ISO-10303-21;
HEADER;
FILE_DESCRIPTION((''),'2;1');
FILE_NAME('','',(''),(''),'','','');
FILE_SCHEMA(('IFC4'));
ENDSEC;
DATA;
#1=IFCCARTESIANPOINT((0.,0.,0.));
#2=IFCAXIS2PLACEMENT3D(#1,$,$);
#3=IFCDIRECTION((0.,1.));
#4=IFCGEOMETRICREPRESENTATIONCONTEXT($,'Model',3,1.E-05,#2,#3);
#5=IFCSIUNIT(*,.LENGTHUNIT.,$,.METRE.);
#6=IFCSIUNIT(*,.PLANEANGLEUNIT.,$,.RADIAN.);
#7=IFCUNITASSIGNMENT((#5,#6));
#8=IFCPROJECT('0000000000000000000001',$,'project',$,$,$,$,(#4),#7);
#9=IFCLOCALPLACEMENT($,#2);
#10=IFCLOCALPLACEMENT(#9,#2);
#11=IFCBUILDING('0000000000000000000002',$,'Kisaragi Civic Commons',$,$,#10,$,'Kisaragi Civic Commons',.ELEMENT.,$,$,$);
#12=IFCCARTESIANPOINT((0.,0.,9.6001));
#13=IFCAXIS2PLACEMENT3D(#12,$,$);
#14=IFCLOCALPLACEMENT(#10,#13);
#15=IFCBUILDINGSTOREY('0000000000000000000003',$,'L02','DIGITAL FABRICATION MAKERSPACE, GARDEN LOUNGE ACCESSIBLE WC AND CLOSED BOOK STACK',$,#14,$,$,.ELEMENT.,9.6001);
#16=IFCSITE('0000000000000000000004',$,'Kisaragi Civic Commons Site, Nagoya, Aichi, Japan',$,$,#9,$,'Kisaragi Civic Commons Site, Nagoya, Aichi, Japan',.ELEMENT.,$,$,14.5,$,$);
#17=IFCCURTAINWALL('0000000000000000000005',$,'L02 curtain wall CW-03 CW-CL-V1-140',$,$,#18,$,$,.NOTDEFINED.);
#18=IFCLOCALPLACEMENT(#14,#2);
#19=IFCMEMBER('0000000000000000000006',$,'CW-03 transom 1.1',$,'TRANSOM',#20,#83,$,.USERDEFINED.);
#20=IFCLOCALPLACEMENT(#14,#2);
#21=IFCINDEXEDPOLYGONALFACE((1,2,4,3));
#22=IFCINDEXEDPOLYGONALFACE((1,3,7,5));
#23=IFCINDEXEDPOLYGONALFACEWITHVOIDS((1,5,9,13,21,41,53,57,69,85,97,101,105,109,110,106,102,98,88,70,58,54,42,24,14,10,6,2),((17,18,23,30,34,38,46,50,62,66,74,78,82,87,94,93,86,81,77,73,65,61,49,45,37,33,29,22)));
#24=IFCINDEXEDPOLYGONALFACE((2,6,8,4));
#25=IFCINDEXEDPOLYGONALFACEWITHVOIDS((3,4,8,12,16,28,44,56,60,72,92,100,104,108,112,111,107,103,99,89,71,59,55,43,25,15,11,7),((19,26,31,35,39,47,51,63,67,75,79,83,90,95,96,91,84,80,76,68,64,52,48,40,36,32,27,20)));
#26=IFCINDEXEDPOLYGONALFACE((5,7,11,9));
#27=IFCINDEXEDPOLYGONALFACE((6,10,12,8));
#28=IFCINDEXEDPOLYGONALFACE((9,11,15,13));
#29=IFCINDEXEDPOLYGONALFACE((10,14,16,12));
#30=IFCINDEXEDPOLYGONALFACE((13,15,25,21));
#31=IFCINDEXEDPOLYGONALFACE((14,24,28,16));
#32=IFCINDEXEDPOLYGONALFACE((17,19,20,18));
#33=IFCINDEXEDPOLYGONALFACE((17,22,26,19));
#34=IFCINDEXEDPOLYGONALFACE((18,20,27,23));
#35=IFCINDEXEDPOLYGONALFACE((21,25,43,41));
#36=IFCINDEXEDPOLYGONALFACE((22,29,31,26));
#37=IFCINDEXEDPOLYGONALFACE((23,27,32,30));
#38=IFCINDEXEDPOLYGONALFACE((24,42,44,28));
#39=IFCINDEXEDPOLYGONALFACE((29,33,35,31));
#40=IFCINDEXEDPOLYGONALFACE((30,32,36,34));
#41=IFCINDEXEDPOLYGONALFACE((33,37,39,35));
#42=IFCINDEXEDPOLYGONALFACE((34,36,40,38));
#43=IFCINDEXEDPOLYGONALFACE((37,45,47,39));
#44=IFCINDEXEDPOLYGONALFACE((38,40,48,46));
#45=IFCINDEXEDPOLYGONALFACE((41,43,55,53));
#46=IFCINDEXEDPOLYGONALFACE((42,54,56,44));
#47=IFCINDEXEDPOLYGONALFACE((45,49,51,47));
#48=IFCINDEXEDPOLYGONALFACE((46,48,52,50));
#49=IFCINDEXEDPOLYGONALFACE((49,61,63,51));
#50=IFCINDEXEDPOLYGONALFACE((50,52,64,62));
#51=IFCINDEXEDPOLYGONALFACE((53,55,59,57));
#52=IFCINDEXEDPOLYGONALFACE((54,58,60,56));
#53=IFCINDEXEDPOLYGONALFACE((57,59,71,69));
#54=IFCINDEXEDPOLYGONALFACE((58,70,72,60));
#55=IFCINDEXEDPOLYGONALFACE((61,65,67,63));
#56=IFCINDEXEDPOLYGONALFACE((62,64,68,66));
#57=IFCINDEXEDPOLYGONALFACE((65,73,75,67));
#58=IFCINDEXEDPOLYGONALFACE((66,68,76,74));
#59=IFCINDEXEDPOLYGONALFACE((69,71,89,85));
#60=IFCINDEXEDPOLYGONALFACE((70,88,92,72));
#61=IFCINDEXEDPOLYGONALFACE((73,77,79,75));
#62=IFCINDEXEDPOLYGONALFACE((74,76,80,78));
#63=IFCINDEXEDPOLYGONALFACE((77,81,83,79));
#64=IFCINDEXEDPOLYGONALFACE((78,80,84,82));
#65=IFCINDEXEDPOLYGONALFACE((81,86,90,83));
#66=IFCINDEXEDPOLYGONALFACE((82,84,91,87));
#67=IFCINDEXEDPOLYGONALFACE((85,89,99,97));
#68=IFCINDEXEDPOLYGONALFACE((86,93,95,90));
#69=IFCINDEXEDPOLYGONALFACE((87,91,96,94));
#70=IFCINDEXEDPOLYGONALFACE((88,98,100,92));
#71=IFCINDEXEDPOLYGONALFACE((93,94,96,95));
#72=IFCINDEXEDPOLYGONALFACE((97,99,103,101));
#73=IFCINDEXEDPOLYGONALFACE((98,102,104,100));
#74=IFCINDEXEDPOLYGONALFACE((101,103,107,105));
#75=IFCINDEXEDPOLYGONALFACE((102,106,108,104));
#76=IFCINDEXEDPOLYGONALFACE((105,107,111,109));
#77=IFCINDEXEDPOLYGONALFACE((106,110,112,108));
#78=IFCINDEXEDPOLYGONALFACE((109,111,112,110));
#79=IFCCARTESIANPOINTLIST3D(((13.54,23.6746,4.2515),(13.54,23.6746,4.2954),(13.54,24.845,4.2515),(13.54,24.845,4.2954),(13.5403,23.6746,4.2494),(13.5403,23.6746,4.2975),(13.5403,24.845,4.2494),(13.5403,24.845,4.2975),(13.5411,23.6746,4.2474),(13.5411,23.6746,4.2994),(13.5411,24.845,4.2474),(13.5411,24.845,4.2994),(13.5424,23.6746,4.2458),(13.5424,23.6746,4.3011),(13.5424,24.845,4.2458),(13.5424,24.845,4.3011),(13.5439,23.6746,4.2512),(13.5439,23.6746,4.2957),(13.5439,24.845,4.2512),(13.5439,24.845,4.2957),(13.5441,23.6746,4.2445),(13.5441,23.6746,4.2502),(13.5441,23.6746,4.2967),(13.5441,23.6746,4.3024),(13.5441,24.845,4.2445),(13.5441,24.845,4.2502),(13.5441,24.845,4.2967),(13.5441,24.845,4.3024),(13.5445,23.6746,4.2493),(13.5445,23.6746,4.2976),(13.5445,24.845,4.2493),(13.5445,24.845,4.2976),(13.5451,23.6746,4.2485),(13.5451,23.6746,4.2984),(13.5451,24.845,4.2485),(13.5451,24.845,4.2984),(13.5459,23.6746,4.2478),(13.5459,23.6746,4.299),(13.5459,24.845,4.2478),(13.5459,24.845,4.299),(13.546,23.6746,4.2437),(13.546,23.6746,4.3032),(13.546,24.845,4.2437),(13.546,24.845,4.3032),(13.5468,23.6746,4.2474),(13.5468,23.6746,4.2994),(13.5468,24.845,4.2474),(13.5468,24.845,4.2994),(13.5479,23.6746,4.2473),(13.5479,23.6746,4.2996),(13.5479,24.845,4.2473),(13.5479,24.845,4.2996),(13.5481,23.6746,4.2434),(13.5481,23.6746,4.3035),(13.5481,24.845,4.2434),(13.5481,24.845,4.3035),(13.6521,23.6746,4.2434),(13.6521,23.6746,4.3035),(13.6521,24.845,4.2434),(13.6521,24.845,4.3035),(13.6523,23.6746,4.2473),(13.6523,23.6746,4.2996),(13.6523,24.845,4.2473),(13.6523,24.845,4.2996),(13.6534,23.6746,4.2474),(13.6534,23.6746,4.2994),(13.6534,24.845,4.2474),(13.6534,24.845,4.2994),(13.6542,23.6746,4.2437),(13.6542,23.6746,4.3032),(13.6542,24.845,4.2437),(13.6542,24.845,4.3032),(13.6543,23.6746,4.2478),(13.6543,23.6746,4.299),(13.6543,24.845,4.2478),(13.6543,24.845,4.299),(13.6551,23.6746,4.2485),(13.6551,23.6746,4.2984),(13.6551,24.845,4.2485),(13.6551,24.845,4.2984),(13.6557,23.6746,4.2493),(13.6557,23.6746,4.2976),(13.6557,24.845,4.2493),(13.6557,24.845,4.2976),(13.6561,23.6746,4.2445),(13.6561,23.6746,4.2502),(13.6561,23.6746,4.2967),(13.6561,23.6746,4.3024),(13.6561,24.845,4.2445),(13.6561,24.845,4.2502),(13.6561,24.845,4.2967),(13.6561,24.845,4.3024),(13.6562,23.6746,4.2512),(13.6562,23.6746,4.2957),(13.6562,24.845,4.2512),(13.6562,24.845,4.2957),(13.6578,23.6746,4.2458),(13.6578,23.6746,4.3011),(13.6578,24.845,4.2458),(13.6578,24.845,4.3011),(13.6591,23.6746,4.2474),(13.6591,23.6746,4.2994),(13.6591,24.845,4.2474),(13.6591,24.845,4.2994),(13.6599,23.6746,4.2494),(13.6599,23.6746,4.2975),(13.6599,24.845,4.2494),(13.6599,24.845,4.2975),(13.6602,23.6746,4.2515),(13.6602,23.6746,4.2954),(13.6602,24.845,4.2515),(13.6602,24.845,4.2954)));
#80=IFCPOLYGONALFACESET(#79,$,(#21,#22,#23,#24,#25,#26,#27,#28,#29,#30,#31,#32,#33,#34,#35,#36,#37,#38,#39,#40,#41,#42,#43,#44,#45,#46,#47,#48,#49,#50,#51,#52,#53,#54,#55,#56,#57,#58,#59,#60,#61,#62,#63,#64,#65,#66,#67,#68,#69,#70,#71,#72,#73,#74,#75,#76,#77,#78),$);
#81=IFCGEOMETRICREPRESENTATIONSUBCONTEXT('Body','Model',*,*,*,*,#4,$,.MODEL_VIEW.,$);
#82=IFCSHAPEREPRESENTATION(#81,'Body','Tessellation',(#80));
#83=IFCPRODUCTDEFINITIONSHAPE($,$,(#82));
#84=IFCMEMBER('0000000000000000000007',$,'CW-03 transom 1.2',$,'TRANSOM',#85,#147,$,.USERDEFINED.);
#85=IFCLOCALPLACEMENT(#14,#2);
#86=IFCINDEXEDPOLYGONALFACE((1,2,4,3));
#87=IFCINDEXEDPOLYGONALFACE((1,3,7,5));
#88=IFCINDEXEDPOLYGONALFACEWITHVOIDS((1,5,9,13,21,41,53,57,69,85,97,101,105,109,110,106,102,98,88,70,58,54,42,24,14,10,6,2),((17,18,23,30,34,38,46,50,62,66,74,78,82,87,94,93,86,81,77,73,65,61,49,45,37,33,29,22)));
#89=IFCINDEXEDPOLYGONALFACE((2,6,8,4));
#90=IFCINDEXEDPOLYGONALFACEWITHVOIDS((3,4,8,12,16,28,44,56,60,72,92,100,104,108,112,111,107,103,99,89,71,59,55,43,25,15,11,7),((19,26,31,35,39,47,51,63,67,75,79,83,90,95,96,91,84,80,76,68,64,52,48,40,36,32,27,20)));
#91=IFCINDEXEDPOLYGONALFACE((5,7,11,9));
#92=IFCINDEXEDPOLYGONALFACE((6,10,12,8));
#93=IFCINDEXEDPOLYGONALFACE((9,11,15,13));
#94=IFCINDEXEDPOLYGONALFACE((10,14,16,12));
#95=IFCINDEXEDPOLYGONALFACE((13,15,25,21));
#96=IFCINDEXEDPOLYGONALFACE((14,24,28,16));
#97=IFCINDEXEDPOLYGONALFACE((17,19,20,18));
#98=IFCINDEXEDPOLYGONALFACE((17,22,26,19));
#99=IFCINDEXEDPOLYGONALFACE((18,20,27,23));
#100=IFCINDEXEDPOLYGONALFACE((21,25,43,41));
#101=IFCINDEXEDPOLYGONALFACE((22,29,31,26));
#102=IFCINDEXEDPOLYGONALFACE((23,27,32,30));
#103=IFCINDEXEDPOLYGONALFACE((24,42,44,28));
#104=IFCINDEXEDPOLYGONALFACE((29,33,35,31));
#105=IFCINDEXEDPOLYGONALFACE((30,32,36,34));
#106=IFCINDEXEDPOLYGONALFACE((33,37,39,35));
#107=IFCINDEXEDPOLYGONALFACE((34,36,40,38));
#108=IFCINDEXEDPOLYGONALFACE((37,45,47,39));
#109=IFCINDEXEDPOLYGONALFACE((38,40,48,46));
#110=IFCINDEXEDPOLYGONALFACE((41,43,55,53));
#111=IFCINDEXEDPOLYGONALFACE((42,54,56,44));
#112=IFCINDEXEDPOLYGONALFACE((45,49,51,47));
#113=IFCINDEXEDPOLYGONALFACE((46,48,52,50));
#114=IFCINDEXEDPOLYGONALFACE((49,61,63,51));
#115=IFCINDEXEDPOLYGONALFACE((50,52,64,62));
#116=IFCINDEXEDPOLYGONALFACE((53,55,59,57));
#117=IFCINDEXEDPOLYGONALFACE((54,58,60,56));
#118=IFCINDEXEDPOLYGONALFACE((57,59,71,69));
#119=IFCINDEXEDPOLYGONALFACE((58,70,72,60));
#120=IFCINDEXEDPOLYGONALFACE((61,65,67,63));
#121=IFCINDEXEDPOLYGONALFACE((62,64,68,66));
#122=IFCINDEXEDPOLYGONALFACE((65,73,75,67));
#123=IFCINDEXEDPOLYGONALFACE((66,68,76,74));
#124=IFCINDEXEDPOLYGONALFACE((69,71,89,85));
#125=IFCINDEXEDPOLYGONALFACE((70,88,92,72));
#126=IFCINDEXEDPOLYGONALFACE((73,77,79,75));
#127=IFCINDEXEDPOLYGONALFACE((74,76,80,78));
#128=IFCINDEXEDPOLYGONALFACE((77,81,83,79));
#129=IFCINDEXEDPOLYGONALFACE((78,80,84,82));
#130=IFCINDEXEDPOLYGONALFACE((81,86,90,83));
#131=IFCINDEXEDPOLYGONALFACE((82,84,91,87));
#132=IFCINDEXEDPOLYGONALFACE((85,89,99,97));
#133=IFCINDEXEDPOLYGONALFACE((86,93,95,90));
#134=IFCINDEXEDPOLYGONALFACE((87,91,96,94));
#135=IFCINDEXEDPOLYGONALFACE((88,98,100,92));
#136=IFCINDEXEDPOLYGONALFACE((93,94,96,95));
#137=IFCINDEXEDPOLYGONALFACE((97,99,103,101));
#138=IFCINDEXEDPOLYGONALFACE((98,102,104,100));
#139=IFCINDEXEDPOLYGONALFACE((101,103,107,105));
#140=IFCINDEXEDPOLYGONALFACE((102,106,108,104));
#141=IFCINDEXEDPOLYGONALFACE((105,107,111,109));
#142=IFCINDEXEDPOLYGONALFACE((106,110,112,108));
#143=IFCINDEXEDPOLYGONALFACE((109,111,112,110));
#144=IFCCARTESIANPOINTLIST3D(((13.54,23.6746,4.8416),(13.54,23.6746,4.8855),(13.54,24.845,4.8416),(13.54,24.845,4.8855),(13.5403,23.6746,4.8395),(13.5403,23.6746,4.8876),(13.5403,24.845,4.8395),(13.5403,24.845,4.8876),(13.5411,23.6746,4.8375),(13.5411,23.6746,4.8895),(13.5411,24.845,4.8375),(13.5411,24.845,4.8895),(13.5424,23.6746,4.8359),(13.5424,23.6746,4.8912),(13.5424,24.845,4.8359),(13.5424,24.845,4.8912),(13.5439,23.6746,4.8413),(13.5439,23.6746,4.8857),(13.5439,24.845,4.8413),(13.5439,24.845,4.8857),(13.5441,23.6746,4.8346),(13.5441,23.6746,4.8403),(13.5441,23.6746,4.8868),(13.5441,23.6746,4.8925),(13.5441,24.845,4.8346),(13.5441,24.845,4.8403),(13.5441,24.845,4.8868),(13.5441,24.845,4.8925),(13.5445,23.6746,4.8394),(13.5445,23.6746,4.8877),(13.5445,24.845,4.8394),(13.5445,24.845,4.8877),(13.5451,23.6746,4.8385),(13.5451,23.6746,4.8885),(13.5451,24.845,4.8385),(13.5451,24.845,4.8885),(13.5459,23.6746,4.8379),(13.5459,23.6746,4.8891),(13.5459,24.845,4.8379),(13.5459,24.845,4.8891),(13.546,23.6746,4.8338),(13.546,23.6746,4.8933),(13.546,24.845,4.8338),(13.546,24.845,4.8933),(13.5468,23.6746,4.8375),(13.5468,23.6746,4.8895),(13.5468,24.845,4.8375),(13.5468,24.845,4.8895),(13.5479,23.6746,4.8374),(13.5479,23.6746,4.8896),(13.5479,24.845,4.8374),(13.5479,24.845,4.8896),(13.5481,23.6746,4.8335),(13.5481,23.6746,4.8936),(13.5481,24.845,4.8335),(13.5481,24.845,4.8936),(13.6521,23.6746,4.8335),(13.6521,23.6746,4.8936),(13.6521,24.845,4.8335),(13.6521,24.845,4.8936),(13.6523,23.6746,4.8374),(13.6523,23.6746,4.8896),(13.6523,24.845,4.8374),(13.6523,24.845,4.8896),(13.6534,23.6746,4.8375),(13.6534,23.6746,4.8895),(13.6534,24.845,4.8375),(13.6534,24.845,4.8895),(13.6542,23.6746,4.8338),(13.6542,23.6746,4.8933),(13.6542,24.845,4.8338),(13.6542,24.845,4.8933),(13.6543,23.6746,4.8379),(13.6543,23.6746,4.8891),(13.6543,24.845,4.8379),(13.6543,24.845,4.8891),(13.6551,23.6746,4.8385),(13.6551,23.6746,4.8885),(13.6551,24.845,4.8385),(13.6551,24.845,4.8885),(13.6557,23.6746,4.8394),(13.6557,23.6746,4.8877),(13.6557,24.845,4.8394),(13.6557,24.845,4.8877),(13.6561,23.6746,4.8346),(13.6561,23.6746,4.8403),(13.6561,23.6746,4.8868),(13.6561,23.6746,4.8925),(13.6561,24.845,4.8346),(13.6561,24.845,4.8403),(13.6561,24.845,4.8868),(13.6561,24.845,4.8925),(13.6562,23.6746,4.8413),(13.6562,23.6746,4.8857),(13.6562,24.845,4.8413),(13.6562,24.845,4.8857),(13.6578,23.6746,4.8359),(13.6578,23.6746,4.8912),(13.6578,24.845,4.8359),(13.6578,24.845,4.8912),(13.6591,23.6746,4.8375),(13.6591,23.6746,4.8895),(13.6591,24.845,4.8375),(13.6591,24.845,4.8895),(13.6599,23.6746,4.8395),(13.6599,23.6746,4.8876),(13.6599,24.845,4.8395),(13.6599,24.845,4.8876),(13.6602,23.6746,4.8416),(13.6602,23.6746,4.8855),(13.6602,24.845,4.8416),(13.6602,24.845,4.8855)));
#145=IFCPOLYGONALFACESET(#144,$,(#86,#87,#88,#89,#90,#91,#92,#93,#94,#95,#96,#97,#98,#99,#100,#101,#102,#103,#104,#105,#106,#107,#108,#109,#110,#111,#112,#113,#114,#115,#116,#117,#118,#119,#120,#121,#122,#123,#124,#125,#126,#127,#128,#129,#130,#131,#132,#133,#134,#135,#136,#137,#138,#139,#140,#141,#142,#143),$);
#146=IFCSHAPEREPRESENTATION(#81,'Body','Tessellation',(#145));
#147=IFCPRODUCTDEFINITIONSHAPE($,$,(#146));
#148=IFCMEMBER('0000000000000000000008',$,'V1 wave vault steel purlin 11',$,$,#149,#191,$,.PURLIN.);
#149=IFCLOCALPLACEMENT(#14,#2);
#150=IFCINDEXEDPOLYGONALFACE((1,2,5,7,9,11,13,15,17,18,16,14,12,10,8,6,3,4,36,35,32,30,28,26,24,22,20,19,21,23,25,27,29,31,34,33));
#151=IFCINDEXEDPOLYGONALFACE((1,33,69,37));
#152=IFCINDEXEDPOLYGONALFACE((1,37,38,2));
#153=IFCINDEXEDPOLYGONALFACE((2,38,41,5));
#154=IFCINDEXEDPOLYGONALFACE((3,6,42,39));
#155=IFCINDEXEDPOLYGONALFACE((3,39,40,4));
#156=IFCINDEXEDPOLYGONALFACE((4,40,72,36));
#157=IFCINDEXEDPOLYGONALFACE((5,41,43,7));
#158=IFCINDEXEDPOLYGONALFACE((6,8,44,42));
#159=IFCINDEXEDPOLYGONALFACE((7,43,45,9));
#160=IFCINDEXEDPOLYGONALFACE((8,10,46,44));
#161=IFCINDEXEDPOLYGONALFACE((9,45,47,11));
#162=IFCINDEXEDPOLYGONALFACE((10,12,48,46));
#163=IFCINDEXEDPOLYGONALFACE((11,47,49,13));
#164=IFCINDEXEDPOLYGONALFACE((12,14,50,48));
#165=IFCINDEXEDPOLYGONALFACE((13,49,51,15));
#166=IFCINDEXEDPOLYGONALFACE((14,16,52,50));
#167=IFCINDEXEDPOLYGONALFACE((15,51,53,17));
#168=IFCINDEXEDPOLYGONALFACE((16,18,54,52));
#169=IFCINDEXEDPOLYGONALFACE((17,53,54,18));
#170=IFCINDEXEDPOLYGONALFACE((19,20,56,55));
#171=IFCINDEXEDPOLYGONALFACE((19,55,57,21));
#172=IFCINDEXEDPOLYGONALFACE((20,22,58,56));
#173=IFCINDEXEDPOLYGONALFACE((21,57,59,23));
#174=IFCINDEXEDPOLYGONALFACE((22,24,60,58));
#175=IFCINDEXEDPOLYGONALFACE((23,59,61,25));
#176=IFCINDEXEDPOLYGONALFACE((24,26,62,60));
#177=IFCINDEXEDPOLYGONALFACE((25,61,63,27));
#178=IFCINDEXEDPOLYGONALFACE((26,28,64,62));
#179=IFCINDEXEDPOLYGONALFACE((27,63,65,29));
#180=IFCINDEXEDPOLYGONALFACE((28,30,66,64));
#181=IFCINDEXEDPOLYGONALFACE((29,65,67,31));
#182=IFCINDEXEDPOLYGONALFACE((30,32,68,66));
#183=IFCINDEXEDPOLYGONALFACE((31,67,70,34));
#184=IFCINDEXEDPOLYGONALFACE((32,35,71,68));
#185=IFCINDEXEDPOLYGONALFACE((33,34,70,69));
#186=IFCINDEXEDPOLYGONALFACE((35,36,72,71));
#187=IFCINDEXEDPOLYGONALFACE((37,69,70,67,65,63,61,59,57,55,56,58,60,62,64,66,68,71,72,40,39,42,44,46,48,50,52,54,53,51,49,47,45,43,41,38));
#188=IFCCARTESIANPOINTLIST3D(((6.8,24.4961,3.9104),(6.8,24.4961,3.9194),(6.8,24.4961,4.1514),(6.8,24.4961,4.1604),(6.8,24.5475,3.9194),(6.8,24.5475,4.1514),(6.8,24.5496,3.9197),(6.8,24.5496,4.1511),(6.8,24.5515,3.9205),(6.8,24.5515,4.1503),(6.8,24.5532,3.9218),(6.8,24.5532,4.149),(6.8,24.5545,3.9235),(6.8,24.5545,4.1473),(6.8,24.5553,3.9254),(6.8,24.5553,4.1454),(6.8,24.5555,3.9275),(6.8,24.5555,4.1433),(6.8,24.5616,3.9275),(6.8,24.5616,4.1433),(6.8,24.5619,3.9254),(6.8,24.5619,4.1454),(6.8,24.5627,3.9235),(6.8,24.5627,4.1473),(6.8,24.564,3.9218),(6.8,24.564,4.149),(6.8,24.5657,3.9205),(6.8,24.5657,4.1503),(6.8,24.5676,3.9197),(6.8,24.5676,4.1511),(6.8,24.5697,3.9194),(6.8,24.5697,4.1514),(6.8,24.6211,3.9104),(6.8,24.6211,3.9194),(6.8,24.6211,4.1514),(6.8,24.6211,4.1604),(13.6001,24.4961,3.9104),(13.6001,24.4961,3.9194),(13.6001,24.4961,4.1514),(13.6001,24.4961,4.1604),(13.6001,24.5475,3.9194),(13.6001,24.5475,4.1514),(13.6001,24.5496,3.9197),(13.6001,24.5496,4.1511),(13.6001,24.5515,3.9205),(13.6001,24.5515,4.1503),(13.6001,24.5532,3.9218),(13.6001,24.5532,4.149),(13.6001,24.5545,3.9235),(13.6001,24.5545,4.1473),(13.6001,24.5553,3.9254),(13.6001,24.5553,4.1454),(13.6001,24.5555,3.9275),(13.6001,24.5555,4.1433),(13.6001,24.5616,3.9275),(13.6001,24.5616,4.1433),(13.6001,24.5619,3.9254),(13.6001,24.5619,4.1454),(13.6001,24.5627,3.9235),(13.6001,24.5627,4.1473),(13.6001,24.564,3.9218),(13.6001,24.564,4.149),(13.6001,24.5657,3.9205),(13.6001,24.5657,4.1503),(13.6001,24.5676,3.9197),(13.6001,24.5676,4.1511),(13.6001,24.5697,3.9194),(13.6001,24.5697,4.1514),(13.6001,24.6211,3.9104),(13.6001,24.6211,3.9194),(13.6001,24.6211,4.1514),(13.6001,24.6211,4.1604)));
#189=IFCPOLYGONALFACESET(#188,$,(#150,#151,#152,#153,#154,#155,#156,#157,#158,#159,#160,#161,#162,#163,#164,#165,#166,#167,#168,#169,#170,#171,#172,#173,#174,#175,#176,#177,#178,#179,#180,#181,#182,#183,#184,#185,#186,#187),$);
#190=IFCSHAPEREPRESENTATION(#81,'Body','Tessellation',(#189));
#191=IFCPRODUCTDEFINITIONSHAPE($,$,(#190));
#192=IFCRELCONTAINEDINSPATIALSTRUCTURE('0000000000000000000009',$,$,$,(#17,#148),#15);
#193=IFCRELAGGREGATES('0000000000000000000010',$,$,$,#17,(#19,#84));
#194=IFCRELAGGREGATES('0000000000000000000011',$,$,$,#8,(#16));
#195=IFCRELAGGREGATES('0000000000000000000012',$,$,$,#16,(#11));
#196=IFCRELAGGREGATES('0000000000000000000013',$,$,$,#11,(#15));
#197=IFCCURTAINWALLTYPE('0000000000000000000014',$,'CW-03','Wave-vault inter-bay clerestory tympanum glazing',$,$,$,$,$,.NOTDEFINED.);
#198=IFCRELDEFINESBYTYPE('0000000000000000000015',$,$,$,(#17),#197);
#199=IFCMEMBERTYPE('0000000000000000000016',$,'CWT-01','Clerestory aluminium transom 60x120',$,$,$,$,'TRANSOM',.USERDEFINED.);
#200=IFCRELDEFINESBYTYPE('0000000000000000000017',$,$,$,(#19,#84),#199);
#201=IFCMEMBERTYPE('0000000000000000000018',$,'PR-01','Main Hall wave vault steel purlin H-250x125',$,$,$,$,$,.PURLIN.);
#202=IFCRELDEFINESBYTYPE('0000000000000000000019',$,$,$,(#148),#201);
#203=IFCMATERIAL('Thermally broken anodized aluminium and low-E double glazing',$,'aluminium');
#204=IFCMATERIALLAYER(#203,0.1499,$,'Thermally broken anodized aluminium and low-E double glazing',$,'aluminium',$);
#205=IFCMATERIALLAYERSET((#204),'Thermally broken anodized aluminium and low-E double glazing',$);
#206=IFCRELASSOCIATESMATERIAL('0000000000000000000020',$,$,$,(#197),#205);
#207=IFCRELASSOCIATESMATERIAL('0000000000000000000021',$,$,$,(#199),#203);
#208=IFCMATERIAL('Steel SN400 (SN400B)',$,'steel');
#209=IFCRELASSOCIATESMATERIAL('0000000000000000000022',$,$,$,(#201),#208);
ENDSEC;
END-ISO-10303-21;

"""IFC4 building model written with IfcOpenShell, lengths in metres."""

from ifc_helpers import new_model, si_unit, direction, frame, origin, origin_2d, place, context, subcontext, project, spatial, hollow_rectangle, i_section, extrude, material, layer, layer_set, material_profile, profile_set, type_object, element, aggregate, save


model = new_model("IFC4")

# Units and contexts
model_context = context("Model", 3, precision=1e-05, world=origin(), true_north=direction((0.0, 1.0)))
body_context = subcontext(model_context, "Body", "Model", "MODEL_VIEW")
ifc_project = project(units=[si_unit("LENGTHUNIT", "METRE"), si_unit("PLANEANGLEUNIT", "RADIAN")], contexts=[model_context])

# Site, building, storey
site_placement = place(None, origin())
site = spatial("IfcSite", under=ifc_project, at=site_placement, Name="Kisaragi Civic Commons Site, Nagoya, Aichi, Japan", LongName="Kisaragi Civic Commons Site, Nagoya, Aichi, Japan", CompositionType="ELEMENT", RefElevation=14.5)
building_placement = place(site_placement, origin())
building = spatial("IfcBuilding", under=site, at=building_placement, Name="Kisaragi Civic Commons", LongName="Kisaragi Civic Commons", CompositionType="ELEMENT")
storey_placement = place(building_placement, frame((0.0, 0.0, 9.6001)))
storey = spatial("IfcBuildingStorey", under=building, at=storey_placement, Name="L02", Description="DIGITAL FABRICATION MAKERSPACE, GARDEN LOUNGE ACCESSIBLE WC AND CLOSED BOOK STACK", CompositionType="ELEMENT", Elevation=9.6001)

# Shared definitions
ifc_material_1 = material(Name="Thermally broken anodized aluminium and low-E double glazing", Category="aluminium")
ifc_layer_1 = layer(ifc_material_1, 0.1499, Name="Thermally broken anodized aluminium and low-E double glazing", Category="aluminium")
ifc_layer_set_1 = layer_set([ifc_layer_1], Name="Thermally broken anodized aluminium and low-E double glazing")
curtain_wall_type = type_object("IfcCurtainWallType", Name="CW-03", Description="Wave-vault inter-bay clerestory tympanum glazing", PredefinedType="NOTDEFINED", material=ifc_layer_set_1)

# Curtain wall
curtain_wall_1_placement = place(storey_placement, origin())
curtain_wall_1 = element("IfcCurtainWall", 1, at=curtain_wall_1_placement, inside=storey, type_object=curtain_wall_type, Name="L02 curtain wall CW-03 CW-CL-V1-140", PredefinedType="NOTDEFINED")

# Members
ifc_material_profile_1 = material_profile(ifc_material_1, hollow_rectangle(XDim=0.1201, YDim=0.0601, WallThickness=0.0039, InnerFilletRadius=0.0039, OuterFilletRadius=0.0081, at=origin_2d()), Name="CWT-60x120x4", Category="aluminium")
ifc_profile_set_1 = profile_set([ifc_material_profile_1], Name="Thermally broken anodized aluminium and low-E double glazing")
member_type_1 = type_object("IfcMemberType", Name="CWT-01", Description="Clerestory aluminium transom 60x120", ElementType="TRANSOM", PredefinedType="USERDEFINED", material=ifc_profile_set_1)
member_1_placement = place(storey_placement, frame((13.6001, 23.6746, 4.2734), z_axis=(0.0, 1.0, 0.0), x_axis=(-1.0, 0.0, 0.0)))
member_1 = element("IfcMember", 2, at=member_1_placement, type_object=member_type_1, Name="CW-03 transom 1.1", ObjectType="TRANSOM", PredefinedType="USERDEFINED", context=body_context, shape_type="SweptSolid", body=[
    extrude(hollow_rectangle(XDim=0.1201, YDim=0.0601, WallThickness=0.0039, InnerFilletRadius=0.0039, OuterFilletRadius=0.0081, at=origin_2d()), origin(), (0.0, 0.0, 1.0), 1.1704),
])
member_2_placement = place(storey_placement, frame((13.6001, 23.6746, 4.8635), z_axis=(0.0, 1.0, 0.0), x_axis=(-1.0, 0.0, 0.0)))
member_2 = element("IfcMember", 3, at=member_2_placement, type_object=member_type_1, Name="CW-03 transom 1.2", ObjectType="TRANSOM", PredefinedType="USERDEFINED", context=body_context, shape_type="SweptSolid", body=[
    extrude(hollow_rectangle(XDim=0.1201, YDim=0.0601, WallThickness=0.0039, InnerFilletRadius=0.0039, OuterFilletRadius=0.0081, at=origin_2d()), origin(), (0.0, 0.0, 1.0), 1.1704),
])
aggregate(curtain_wall_1, [member_1, member_2])

# Member
ifc_material_2 = material(Name="Steel SN400 (SN400B)", Category="steel")
ifc_material_profile_2 = material_profile(ifc_material_2, i_section(OverallWidth=0.125, OverallDepth=0.25, WebThickness=0.0061, FlangeThickness=0.009, FilletRadius=0.0081, at=origin_2d()), Name="H-250x125x6x9", Category="steel")
ifc_profile_set_2 = profile_set([ifc_material_profile_2], Name="Steel SN400 (SN400B)")
member_type_2 = type_object("IfcMemberType", Name="PR-01", Description="Main Hall wave vault steel purlin H-250x125", PredefinedType="PURLIN", material=ifc_profile_set_2)
member_3_placement = place(storey_placement, frame((6.8, 24.5586, 4.0354), z_axis=(1.0, 0.0, 0.0), x_axis=(0.0, 1.0, 0.0)))
element("IfcMember", 4, at=member_3_placement, inside=storey, type_object=member_type_2, Name="V1 wave vault steel purlin 11", PredefinedType="PURLIN", context=body_context, shape_type="SweptSolid", body=[
    extrude(i_section(OverallWidth=0.125, OverallDepth=0.25, WebThickness=0.0061, FlangeThickness=0.009, FilletRadius=0.0081, at=origin_2d()), origin(), (0.0, 0.0, 1.0), 6.8),
])

save(model, "model.ifc")
